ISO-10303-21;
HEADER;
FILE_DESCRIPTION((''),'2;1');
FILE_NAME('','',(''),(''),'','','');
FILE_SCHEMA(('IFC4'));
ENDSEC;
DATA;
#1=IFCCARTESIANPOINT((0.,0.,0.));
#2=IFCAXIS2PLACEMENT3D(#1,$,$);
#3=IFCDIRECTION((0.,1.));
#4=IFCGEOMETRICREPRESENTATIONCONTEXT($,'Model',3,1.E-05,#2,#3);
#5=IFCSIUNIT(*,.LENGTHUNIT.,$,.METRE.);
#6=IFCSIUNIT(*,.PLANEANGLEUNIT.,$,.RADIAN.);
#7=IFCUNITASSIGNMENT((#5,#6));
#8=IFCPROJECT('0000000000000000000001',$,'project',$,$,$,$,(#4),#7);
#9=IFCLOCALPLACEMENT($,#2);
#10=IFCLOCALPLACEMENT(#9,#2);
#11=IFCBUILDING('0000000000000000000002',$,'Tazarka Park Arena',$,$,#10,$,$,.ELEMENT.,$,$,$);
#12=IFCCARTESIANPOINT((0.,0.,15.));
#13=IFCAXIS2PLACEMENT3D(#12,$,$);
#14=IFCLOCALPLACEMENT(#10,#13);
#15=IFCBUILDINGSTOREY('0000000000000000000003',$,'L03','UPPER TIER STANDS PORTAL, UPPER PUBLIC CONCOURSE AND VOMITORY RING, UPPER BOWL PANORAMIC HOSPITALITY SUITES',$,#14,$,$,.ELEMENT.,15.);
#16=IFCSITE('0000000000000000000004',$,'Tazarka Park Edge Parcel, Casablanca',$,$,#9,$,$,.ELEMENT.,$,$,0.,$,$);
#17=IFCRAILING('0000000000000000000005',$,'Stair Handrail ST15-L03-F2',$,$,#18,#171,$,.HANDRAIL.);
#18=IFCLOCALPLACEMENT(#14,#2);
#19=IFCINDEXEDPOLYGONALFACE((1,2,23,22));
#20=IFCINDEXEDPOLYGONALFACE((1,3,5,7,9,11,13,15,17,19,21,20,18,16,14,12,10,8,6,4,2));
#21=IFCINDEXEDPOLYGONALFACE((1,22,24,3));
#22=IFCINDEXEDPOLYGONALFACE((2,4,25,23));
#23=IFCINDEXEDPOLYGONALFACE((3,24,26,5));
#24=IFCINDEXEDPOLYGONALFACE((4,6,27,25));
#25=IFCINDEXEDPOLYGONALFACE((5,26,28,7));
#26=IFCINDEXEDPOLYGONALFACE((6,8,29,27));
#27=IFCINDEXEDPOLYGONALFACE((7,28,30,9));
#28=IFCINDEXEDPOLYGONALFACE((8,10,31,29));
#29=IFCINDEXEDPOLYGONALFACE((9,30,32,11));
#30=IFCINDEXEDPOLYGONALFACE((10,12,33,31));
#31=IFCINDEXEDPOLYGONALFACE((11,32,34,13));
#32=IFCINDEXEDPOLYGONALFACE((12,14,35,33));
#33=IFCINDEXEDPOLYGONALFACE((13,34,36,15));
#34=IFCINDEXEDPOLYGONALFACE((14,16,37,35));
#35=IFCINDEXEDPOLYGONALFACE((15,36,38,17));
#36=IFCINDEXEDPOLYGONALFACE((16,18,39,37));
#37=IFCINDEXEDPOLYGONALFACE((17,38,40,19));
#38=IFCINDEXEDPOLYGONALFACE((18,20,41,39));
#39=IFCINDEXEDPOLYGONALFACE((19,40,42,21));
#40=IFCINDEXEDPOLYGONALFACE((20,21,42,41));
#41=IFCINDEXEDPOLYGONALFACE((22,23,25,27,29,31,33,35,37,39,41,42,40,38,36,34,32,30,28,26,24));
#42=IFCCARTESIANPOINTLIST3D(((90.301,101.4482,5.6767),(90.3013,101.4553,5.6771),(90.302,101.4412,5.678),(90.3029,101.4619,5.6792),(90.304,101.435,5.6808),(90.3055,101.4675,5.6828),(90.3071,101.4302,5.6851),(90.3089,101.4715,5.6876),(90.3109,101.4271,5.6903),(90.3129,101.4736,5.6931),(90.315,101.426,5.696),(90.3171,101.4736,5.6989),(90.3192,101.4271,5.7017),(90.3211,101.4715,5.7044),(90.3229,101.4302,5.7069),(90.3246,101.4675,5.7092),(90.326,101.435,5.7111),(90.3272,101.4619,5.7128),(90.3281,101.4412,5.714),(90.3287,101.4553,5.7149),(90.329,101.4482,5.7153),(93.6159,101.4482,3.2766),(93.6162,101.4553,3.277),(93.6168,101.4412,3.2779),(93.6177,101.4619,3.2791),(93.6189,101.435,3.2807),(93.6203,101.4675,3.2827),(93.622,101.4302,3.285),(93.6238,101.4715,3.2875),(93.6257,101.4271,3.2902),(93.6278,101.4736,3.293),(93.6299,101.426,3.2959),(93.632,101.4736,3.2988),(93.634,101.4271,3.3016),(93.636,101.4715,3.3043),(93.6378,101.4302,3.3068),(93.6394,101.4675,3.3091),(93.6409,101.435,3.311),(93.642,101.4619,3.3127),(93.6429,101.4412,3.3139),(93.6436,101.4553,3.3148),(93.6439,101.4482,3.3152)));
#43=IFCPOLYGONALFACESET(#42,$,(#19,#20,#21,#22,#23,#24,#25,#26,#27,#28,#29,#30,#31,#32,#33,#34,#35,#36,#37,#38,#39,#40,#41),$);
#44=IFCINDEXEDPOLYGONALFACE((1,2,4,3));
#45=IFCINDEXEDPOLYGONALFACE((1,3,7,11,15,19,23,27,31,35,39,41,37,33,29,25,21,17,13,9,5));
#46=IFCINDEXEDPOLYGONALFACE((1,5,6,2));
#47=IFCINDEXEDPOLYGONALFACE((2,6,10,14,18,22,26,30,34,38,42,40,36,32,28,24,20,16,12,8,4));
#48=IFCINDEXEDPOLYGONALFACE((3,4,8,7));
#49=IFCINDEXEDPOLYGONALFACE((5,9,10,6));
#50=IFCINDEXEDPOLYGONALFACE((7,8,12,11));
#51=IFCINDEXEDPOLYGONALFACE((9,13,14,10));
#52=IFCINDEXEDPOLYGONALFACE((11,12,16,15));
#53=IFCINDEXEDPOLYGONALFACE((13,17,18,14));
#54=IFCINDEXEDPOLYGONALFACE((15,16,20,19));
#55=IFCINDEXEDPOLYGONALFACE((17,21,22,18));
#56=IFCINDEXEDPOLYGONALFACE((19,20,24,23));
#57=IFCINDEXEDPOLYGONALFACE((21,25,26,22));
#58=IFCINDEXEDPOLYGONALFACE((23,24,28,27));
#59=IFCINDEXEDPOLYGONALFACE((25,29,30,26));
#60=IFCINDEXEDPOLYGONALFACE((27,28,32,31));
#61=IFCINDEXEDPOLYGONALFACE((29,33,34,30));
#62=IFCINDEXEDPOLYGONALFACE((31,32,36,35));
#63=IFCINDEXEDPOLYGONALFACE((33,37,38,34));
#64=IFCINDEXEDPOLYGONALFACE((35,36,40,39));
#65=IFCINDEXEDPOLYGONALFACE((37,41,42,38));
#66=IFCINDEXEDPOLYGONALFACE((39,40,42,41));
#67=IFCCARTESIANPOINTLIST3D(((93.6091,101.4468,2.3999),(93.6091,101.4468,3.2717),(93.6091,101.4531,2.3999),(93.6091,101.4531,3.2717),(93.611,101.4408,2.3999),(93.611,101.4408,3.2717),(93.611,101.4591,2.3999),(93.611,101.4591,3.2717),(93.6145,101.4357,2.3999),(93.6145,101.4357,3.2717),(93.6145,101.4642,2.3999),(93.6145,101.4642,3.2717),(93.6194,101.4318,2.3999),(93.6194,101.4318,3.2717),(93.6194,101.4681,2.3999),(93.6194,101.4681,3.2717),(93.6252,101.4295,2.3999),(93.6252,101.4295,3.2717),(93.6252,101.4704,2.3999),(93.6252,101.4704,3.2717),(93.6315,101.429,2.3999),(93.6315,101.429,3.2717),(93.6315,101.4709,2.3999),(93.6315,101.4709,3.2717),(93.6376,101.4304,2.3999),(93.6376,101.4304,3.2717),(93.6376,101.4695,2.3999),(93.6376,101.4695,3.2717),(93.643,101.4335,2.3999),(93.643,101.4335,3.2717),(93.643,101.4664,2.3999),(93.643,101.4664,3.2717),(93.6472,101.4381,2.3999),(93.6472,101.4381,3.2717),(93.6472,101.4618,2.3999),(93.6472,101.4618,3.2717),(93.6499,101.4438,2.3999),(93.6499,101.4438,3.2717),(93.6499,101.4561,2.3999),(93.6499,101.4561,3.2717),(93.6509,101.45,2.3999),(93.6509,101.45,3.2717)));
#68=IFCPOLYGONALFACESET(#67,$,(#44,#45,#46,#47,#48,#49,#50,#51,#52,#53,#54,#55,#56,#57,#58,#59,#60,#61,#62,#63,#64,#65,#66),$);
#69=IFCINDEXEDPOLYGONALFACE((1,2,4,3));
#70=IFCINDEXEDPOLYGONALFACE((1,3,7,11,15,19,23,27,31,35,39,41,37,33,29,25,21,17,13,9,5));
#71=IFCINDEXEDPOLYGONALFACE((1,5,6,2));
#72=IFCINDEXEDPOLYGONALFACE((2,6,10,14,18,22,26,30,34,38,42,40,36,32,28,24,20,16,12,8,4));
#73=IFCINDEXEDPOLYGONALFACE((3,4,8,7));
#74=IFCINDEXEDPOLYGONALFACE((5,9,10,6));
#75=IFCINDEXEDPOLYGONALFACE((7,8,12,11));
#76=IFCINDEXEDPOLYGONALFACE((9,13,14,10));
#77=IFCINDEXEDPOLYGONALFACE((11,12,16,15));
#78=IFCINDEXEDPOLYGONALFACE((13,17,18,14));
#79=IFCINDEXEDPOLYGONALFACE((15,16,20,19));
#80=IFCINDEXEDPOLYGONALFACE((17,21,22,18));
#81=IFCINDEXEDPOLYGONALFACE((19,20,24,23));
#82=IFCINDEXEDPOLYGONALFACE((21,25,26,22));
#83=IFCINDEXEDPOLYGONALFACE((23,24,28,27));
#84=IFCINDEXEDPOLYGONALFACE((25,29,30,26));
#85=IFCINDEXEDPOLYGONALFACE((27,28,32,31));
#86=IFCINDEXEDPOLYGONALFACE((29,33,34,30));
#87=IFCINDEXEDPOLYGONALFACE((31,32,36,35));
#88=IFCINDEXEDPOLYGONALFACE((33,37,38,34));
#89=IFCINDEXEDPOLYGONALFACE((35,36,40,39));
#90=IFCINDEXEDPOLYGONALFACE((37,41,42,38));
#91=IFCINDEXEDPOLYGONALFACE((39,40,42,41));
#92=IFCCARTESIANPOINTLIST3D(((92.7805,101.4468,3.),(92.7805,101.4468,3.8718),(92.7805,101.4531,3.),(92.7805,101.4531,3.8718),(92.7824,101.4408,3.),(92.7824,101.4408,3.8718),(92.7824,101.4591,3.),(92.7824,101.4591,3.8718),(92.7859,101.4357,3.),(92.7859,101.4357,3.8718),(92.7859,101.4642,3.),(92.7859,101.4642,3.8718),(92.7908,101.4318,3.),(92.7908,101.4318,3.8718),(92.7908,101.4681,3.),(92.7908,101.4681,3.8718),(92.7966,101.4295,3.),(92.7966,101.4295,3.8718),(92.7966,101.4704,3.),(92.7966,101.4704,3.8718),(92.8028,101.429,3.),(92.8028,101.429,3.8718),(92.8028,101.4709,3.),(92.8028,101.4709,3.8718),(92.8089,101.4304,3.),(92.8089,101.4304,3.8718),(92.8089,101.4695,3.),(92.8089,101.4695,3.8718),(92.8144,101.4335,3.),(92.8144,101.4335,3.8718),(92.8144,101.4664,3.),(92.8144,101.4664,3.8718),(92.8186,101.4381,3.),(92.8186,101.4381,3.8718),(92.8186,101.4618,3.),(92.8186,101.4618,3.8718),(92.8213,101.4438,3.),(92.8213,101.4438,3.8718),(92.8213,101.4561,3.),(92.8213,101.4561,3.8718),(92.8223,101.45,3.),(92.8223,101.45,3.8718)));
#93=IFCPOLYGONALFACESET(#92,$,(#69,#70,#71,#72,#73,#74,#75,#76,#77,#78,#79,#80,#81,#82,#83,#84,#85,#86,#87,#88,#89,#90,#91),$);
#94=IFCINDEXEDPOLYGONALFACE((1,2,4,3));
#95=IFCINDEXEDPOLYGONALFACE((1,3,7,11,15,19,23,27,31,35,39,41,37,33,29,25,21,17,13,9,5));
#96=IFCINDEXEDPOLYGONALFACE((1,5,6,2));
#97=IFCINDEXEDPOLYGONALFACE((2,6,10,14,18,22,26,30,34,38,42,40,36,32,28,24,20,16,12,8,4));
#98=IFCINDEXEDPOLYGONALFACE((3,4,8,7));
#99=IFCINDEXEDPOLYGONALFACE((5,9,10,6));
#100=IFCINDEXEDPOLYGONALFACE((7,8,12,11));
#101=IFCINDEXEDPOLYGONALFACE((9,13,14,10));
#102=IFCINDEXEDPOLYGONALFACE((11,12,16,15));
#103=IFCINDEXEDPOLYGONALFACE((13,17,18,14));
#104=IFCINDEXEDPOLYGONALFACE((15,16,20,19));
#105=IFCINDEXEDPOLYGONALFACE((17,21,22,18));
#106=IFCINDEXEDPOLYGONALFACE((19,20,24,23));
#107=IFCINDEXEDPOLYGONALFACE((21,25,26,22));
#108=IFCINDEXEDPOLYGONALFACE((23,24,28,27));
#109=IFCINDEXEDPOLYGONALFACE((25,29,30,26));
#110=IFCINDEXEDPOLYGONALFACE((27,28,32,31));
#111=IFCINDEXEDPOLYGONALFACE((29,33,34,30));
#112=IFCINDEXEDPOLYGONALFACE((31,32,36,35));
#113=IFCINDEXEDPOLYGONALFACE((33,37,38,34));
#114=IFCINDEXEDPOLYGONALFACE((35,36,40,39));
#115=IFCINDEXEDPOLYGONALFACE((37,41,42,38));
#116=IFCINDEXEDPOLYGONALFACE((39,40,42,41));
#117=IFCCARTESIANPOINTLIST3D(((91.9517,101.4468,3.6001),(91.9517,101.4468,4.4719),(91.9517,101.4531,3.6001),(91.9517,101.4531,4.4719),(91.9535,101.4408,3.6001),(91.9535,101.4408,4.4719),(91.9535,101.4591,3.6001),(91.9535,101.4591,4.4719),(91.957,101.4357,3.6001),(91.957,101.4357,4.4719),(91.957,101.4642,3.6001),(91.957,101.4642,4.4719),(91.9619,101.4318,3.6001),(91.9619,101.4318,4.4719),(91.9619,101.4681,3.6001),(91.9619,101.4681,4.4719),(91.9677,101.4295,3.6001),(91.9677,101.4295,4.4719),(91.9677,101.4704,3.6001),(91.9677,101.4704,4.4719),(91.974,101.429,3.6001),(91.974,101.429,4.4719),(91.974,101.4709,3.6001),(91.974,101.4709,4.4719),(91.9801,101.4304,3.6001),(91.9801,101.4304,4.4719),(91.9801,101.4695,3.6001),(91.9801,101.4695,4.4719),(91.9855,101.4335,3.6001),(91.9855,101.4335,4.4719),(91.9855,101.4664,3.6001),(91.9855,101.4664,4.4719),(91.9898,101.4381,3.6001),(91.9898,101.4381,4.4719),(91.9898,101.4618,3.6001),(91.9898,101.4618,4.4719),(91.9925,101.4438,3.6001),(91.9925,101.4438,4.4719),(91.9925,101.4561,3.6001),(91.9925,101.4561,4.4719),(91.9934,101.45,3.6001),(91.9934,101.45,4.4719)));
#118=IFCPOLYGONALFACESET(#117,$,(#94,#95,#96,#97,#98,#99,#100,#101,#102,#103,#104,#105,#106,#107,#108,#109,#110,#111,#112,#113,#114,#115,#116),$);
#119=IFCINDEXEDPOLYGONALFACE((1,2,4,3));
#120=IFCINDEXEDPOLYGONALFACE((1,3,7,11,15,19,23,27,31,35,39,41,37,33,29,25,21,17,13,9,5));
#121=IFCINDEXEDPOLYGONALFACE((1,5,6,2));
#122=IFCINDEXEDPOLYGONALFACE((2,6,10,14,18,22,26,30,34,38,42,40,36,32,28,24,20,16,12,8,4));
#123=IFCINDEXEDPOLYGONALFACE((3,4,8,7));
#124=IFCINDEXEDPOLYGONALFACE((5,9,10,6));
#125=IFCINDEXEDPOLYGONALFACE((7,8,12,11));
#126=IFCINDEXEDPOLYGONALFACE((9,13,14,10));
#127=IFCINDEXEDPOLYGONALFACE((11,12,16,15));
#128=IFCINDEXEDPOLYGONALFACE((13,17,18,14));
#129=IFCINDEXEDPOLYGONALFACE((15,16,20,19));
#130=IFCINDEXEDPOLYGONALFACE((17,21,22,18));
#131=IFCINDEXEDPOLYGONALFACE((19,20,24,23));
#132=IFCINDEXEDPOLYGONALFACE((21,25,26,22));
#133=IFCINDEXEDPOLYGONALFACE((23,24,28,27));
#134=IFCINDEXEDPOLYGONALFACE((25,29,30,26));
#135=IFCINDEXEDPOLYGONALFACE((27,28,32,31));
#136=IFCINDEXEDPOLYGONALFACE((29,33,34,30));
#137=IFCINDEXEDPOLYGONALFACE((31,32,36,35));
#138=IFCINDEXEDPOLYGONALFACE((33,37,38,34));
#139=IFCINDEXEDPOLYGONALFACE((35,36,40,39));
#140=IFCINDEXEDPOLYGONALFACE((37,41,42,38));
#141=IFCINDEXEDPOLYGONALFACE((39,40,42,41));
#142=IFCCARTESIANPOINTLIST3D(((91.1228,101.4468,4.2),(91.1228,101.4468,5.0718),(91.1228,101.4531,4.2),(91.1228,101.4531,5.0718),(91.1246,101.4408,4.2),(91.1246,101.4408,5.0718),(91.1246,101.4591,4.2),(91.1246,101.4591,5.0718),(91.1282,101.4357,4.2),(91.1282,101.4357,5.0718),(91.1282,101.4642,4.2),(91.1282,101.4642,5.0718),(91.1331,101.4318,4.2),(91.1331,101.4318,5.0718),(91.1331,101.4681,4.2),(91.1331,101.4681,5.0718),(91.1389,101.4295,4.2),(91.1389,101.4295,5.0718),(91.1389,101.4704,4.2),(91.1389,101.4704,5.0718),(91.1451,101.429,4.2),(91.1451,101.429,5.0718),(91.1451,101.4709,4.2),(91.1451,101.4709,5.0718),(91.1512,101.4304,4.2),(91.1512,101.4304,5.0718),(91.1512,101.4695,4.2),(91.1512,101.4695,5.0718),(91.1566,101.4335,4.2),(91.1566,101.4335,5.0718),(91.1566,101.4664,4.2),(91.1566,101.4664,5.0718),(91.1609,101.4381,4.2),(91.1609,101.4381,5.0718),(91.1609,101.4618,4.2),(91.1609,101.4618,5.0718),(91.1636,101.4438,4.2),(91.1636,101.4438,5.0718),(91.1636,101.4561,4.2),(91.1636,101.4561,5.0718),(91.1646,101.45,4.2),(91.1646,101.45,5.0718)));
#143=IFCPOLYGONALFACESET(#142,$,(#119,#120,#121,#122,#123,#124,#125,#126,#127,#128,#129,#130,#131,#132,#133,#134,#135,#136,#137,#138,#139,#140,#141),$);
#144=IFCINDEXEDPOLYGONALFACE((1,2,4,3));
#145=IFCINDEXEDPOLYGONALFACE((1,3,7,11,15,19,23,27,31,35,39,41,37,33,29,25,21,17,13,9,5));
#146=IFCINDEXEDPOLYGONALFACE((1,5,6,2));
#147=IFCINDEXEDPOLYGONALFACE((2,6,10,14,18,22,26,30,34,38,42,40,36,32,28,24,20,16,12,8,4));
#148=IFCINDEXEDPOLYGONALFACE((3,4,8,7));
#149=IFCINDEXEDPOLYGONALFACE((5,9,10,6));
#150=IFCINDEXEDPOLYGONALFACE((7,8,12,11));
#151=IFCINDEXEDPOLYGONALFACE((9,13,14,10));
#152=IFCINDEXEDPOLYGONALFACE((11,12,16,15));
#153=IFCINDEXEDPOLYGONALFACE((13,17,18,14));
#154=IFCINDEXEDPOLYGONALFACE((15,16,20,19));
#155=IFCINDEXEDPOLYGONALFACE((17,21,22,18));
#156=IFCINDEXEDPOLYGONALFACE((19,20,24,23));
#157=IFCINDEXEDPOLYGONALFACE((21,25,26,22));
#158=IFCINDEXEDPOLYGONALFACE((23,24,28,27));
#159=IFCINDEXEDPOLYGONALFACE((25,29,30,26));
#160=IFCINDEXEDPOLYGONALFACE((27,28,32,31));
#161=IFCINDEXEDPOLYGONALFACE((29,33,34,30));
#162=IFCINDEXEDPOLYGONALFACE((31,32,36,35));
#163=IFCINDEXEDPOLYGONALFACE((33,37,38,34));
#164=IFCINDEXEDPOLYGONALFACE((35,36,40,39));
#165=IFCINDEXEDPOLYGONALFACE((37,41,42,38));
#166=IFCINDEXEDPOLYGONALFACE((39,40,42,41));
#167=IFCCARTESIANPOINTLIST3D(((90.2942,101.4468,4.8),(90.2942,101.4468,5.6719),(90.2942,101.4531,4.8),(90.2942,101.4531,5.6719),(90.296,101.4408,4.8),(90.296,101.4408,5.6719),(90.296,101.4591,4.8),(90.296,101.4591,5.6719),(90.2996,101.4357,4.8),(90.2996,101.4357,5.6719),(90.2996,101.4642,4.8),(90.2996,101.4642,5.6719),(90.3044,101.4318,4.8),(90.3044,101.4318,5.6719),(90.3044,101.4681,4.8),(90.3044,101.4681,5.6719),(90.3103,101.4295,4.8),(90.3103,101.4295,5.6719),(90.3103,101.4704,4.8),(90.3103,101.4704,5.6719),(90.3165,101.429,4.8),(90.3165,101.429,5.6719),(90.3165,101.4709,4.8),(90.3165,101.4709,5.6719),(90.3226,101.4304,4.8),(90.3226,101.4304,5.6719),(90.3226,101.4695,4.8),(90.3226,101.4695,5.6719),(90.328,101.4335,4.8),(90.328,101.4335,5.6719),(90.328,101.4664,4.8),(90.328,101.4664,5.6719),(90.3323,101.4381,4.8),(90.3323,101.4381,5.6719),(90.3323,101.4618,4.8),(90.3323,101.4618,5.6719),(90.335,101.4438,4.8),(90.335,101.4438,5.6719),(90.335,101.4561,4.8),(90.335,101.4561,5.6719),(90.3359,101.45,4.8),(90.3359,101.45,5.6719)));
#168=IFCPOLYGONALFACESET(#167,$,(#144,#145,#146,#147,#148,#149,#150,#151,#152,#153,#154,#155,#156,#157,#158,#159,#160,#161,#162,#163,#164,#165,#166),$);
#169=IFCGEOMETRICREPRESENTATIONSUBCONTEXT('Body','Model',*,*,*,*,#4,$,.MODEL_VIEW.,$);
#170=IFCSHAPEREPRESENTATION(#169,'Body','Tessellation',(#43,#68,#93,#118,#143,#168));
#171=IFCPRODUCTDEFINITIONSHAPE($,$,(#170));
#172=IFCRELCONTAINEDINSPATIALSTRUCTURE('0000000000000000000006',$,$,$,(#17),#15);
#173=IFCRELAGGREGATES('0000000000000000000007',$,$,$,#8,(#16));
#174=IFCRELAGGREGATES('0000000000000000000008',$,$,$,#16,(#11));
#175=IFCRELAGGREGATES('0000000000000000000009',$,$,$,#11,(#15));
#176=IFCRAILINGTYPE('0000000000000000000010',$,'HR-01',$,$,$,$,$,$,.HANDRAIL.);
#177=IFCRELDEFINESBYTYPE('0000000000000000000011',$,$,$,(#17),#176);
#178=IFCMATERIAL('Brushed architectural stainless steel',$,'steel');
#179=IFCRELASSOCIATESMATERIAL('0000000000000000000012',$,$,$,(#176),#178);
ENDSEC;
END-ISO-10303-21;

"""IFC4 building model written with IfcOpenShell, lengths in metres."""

from ifc_helpers import new_model, si_unit, direction, frame, origin, origin_2d, place, context, subcontext, project, spatial, circle, extrude, material, type_object, element, save


model = new_model("IFC4")

# Units and contexts
model_context = context("Model", 3, precision=1e-05, world=origin(), true_north=direction((0.0, 1.0)))
body_context = subcontext(model_context, "Body", "Model", "MODEL_VIEW")
ifc_project = project(units=[si_unit("LENGTHUNIT", "METRE"), si_unit("PLANEANGLEUNIT", "RADIAN")], contexts=[model_context])

# Site, building, storey
site_placement = place(None, origin())
site = spatial("IfcSite", under=ifc_project, at=site_placement, Name="Tazarka Park Edge Parcel, Casablanca", CompositionType="ELEMENT", RefElevation=0.0)
building_placement = place(site_placement, origin())
building = spatial("IfcBuilding", under=site, at=building_placement, Name="Tazarka Park Arena", CompositionType="ELEMENT")
storey_placement = place(building_placement, frame((0.0, 0.0, 15.0)))
storey = spatial("IfcBuildingStorey", under=building, at=storey_placement, Name="L03", Description="UPPER TIER STANDS PORTAL, UPPER PUBLIC CONCOURSE AND VOMITORY RING, UPPER BOWL PANORAMIC HOSPITALITY SUITES", CompositionType="ELEMENT", Elevation=15.0)

# Railing
ifc_material_1 = material(Name="Brushed architectural stainless steel", Category="steel")
railing_type_1 = type_object("IfcRailingType", Name="HR-01", PredefinedType="HANDRAIL", material=ifc_material_1)
railing_1_placement = place(storey_placement, frame((93.6299, 101.45, 2.3999)))
element("IfcRailing", 1, at=railing_1_placement, inside=storey, type_object=railing_type_1, Name="Stair Handrail ST15-L03-F2", PredefinedType="HANDRAIL", context=body_context, shape_type="SweptSolid", body=[
    extrude(circle(Radius=0.0239, at=origin_2d()), frame((0.0, 0.0, 0.896), z_axis=(-0.80998, 0.0, 0.586457), x_axis=(0.0, -1.0, 0.0)), (0.0, 0.0, 1.0), 4.0925),
    extrude(circle(Radius=0.021, at=origin_2d()), origin(), (0.0, 0.0, 1.0), 0.8718),
    extrude(circle(Radius=0.021, at=origin_2d()), frame((-0.8286, 0.0, 0.6001)), (0.0, 0.0, 1.0), 0.8718),
    extrude(circle(Radius=0.021, at=origin_2d()), frame((-1.6575, 0.0, 1.2002)), (0.0, 0.0, 1.0), 0.8718),
    extrude(circle(Radius=0.021, at=origin_2d()), frame((-2.4863, 0.0, 1.8)), (0.0, 0.0, 1.0), 0.8718),
    extrude(circle(Radius=0.021, at=origin_2d()), frame((-3.3149, 0.0, 2.4001)), (0.0, 0.0, 1.0), 0.8718),
])

save(model, "model.ifc")
